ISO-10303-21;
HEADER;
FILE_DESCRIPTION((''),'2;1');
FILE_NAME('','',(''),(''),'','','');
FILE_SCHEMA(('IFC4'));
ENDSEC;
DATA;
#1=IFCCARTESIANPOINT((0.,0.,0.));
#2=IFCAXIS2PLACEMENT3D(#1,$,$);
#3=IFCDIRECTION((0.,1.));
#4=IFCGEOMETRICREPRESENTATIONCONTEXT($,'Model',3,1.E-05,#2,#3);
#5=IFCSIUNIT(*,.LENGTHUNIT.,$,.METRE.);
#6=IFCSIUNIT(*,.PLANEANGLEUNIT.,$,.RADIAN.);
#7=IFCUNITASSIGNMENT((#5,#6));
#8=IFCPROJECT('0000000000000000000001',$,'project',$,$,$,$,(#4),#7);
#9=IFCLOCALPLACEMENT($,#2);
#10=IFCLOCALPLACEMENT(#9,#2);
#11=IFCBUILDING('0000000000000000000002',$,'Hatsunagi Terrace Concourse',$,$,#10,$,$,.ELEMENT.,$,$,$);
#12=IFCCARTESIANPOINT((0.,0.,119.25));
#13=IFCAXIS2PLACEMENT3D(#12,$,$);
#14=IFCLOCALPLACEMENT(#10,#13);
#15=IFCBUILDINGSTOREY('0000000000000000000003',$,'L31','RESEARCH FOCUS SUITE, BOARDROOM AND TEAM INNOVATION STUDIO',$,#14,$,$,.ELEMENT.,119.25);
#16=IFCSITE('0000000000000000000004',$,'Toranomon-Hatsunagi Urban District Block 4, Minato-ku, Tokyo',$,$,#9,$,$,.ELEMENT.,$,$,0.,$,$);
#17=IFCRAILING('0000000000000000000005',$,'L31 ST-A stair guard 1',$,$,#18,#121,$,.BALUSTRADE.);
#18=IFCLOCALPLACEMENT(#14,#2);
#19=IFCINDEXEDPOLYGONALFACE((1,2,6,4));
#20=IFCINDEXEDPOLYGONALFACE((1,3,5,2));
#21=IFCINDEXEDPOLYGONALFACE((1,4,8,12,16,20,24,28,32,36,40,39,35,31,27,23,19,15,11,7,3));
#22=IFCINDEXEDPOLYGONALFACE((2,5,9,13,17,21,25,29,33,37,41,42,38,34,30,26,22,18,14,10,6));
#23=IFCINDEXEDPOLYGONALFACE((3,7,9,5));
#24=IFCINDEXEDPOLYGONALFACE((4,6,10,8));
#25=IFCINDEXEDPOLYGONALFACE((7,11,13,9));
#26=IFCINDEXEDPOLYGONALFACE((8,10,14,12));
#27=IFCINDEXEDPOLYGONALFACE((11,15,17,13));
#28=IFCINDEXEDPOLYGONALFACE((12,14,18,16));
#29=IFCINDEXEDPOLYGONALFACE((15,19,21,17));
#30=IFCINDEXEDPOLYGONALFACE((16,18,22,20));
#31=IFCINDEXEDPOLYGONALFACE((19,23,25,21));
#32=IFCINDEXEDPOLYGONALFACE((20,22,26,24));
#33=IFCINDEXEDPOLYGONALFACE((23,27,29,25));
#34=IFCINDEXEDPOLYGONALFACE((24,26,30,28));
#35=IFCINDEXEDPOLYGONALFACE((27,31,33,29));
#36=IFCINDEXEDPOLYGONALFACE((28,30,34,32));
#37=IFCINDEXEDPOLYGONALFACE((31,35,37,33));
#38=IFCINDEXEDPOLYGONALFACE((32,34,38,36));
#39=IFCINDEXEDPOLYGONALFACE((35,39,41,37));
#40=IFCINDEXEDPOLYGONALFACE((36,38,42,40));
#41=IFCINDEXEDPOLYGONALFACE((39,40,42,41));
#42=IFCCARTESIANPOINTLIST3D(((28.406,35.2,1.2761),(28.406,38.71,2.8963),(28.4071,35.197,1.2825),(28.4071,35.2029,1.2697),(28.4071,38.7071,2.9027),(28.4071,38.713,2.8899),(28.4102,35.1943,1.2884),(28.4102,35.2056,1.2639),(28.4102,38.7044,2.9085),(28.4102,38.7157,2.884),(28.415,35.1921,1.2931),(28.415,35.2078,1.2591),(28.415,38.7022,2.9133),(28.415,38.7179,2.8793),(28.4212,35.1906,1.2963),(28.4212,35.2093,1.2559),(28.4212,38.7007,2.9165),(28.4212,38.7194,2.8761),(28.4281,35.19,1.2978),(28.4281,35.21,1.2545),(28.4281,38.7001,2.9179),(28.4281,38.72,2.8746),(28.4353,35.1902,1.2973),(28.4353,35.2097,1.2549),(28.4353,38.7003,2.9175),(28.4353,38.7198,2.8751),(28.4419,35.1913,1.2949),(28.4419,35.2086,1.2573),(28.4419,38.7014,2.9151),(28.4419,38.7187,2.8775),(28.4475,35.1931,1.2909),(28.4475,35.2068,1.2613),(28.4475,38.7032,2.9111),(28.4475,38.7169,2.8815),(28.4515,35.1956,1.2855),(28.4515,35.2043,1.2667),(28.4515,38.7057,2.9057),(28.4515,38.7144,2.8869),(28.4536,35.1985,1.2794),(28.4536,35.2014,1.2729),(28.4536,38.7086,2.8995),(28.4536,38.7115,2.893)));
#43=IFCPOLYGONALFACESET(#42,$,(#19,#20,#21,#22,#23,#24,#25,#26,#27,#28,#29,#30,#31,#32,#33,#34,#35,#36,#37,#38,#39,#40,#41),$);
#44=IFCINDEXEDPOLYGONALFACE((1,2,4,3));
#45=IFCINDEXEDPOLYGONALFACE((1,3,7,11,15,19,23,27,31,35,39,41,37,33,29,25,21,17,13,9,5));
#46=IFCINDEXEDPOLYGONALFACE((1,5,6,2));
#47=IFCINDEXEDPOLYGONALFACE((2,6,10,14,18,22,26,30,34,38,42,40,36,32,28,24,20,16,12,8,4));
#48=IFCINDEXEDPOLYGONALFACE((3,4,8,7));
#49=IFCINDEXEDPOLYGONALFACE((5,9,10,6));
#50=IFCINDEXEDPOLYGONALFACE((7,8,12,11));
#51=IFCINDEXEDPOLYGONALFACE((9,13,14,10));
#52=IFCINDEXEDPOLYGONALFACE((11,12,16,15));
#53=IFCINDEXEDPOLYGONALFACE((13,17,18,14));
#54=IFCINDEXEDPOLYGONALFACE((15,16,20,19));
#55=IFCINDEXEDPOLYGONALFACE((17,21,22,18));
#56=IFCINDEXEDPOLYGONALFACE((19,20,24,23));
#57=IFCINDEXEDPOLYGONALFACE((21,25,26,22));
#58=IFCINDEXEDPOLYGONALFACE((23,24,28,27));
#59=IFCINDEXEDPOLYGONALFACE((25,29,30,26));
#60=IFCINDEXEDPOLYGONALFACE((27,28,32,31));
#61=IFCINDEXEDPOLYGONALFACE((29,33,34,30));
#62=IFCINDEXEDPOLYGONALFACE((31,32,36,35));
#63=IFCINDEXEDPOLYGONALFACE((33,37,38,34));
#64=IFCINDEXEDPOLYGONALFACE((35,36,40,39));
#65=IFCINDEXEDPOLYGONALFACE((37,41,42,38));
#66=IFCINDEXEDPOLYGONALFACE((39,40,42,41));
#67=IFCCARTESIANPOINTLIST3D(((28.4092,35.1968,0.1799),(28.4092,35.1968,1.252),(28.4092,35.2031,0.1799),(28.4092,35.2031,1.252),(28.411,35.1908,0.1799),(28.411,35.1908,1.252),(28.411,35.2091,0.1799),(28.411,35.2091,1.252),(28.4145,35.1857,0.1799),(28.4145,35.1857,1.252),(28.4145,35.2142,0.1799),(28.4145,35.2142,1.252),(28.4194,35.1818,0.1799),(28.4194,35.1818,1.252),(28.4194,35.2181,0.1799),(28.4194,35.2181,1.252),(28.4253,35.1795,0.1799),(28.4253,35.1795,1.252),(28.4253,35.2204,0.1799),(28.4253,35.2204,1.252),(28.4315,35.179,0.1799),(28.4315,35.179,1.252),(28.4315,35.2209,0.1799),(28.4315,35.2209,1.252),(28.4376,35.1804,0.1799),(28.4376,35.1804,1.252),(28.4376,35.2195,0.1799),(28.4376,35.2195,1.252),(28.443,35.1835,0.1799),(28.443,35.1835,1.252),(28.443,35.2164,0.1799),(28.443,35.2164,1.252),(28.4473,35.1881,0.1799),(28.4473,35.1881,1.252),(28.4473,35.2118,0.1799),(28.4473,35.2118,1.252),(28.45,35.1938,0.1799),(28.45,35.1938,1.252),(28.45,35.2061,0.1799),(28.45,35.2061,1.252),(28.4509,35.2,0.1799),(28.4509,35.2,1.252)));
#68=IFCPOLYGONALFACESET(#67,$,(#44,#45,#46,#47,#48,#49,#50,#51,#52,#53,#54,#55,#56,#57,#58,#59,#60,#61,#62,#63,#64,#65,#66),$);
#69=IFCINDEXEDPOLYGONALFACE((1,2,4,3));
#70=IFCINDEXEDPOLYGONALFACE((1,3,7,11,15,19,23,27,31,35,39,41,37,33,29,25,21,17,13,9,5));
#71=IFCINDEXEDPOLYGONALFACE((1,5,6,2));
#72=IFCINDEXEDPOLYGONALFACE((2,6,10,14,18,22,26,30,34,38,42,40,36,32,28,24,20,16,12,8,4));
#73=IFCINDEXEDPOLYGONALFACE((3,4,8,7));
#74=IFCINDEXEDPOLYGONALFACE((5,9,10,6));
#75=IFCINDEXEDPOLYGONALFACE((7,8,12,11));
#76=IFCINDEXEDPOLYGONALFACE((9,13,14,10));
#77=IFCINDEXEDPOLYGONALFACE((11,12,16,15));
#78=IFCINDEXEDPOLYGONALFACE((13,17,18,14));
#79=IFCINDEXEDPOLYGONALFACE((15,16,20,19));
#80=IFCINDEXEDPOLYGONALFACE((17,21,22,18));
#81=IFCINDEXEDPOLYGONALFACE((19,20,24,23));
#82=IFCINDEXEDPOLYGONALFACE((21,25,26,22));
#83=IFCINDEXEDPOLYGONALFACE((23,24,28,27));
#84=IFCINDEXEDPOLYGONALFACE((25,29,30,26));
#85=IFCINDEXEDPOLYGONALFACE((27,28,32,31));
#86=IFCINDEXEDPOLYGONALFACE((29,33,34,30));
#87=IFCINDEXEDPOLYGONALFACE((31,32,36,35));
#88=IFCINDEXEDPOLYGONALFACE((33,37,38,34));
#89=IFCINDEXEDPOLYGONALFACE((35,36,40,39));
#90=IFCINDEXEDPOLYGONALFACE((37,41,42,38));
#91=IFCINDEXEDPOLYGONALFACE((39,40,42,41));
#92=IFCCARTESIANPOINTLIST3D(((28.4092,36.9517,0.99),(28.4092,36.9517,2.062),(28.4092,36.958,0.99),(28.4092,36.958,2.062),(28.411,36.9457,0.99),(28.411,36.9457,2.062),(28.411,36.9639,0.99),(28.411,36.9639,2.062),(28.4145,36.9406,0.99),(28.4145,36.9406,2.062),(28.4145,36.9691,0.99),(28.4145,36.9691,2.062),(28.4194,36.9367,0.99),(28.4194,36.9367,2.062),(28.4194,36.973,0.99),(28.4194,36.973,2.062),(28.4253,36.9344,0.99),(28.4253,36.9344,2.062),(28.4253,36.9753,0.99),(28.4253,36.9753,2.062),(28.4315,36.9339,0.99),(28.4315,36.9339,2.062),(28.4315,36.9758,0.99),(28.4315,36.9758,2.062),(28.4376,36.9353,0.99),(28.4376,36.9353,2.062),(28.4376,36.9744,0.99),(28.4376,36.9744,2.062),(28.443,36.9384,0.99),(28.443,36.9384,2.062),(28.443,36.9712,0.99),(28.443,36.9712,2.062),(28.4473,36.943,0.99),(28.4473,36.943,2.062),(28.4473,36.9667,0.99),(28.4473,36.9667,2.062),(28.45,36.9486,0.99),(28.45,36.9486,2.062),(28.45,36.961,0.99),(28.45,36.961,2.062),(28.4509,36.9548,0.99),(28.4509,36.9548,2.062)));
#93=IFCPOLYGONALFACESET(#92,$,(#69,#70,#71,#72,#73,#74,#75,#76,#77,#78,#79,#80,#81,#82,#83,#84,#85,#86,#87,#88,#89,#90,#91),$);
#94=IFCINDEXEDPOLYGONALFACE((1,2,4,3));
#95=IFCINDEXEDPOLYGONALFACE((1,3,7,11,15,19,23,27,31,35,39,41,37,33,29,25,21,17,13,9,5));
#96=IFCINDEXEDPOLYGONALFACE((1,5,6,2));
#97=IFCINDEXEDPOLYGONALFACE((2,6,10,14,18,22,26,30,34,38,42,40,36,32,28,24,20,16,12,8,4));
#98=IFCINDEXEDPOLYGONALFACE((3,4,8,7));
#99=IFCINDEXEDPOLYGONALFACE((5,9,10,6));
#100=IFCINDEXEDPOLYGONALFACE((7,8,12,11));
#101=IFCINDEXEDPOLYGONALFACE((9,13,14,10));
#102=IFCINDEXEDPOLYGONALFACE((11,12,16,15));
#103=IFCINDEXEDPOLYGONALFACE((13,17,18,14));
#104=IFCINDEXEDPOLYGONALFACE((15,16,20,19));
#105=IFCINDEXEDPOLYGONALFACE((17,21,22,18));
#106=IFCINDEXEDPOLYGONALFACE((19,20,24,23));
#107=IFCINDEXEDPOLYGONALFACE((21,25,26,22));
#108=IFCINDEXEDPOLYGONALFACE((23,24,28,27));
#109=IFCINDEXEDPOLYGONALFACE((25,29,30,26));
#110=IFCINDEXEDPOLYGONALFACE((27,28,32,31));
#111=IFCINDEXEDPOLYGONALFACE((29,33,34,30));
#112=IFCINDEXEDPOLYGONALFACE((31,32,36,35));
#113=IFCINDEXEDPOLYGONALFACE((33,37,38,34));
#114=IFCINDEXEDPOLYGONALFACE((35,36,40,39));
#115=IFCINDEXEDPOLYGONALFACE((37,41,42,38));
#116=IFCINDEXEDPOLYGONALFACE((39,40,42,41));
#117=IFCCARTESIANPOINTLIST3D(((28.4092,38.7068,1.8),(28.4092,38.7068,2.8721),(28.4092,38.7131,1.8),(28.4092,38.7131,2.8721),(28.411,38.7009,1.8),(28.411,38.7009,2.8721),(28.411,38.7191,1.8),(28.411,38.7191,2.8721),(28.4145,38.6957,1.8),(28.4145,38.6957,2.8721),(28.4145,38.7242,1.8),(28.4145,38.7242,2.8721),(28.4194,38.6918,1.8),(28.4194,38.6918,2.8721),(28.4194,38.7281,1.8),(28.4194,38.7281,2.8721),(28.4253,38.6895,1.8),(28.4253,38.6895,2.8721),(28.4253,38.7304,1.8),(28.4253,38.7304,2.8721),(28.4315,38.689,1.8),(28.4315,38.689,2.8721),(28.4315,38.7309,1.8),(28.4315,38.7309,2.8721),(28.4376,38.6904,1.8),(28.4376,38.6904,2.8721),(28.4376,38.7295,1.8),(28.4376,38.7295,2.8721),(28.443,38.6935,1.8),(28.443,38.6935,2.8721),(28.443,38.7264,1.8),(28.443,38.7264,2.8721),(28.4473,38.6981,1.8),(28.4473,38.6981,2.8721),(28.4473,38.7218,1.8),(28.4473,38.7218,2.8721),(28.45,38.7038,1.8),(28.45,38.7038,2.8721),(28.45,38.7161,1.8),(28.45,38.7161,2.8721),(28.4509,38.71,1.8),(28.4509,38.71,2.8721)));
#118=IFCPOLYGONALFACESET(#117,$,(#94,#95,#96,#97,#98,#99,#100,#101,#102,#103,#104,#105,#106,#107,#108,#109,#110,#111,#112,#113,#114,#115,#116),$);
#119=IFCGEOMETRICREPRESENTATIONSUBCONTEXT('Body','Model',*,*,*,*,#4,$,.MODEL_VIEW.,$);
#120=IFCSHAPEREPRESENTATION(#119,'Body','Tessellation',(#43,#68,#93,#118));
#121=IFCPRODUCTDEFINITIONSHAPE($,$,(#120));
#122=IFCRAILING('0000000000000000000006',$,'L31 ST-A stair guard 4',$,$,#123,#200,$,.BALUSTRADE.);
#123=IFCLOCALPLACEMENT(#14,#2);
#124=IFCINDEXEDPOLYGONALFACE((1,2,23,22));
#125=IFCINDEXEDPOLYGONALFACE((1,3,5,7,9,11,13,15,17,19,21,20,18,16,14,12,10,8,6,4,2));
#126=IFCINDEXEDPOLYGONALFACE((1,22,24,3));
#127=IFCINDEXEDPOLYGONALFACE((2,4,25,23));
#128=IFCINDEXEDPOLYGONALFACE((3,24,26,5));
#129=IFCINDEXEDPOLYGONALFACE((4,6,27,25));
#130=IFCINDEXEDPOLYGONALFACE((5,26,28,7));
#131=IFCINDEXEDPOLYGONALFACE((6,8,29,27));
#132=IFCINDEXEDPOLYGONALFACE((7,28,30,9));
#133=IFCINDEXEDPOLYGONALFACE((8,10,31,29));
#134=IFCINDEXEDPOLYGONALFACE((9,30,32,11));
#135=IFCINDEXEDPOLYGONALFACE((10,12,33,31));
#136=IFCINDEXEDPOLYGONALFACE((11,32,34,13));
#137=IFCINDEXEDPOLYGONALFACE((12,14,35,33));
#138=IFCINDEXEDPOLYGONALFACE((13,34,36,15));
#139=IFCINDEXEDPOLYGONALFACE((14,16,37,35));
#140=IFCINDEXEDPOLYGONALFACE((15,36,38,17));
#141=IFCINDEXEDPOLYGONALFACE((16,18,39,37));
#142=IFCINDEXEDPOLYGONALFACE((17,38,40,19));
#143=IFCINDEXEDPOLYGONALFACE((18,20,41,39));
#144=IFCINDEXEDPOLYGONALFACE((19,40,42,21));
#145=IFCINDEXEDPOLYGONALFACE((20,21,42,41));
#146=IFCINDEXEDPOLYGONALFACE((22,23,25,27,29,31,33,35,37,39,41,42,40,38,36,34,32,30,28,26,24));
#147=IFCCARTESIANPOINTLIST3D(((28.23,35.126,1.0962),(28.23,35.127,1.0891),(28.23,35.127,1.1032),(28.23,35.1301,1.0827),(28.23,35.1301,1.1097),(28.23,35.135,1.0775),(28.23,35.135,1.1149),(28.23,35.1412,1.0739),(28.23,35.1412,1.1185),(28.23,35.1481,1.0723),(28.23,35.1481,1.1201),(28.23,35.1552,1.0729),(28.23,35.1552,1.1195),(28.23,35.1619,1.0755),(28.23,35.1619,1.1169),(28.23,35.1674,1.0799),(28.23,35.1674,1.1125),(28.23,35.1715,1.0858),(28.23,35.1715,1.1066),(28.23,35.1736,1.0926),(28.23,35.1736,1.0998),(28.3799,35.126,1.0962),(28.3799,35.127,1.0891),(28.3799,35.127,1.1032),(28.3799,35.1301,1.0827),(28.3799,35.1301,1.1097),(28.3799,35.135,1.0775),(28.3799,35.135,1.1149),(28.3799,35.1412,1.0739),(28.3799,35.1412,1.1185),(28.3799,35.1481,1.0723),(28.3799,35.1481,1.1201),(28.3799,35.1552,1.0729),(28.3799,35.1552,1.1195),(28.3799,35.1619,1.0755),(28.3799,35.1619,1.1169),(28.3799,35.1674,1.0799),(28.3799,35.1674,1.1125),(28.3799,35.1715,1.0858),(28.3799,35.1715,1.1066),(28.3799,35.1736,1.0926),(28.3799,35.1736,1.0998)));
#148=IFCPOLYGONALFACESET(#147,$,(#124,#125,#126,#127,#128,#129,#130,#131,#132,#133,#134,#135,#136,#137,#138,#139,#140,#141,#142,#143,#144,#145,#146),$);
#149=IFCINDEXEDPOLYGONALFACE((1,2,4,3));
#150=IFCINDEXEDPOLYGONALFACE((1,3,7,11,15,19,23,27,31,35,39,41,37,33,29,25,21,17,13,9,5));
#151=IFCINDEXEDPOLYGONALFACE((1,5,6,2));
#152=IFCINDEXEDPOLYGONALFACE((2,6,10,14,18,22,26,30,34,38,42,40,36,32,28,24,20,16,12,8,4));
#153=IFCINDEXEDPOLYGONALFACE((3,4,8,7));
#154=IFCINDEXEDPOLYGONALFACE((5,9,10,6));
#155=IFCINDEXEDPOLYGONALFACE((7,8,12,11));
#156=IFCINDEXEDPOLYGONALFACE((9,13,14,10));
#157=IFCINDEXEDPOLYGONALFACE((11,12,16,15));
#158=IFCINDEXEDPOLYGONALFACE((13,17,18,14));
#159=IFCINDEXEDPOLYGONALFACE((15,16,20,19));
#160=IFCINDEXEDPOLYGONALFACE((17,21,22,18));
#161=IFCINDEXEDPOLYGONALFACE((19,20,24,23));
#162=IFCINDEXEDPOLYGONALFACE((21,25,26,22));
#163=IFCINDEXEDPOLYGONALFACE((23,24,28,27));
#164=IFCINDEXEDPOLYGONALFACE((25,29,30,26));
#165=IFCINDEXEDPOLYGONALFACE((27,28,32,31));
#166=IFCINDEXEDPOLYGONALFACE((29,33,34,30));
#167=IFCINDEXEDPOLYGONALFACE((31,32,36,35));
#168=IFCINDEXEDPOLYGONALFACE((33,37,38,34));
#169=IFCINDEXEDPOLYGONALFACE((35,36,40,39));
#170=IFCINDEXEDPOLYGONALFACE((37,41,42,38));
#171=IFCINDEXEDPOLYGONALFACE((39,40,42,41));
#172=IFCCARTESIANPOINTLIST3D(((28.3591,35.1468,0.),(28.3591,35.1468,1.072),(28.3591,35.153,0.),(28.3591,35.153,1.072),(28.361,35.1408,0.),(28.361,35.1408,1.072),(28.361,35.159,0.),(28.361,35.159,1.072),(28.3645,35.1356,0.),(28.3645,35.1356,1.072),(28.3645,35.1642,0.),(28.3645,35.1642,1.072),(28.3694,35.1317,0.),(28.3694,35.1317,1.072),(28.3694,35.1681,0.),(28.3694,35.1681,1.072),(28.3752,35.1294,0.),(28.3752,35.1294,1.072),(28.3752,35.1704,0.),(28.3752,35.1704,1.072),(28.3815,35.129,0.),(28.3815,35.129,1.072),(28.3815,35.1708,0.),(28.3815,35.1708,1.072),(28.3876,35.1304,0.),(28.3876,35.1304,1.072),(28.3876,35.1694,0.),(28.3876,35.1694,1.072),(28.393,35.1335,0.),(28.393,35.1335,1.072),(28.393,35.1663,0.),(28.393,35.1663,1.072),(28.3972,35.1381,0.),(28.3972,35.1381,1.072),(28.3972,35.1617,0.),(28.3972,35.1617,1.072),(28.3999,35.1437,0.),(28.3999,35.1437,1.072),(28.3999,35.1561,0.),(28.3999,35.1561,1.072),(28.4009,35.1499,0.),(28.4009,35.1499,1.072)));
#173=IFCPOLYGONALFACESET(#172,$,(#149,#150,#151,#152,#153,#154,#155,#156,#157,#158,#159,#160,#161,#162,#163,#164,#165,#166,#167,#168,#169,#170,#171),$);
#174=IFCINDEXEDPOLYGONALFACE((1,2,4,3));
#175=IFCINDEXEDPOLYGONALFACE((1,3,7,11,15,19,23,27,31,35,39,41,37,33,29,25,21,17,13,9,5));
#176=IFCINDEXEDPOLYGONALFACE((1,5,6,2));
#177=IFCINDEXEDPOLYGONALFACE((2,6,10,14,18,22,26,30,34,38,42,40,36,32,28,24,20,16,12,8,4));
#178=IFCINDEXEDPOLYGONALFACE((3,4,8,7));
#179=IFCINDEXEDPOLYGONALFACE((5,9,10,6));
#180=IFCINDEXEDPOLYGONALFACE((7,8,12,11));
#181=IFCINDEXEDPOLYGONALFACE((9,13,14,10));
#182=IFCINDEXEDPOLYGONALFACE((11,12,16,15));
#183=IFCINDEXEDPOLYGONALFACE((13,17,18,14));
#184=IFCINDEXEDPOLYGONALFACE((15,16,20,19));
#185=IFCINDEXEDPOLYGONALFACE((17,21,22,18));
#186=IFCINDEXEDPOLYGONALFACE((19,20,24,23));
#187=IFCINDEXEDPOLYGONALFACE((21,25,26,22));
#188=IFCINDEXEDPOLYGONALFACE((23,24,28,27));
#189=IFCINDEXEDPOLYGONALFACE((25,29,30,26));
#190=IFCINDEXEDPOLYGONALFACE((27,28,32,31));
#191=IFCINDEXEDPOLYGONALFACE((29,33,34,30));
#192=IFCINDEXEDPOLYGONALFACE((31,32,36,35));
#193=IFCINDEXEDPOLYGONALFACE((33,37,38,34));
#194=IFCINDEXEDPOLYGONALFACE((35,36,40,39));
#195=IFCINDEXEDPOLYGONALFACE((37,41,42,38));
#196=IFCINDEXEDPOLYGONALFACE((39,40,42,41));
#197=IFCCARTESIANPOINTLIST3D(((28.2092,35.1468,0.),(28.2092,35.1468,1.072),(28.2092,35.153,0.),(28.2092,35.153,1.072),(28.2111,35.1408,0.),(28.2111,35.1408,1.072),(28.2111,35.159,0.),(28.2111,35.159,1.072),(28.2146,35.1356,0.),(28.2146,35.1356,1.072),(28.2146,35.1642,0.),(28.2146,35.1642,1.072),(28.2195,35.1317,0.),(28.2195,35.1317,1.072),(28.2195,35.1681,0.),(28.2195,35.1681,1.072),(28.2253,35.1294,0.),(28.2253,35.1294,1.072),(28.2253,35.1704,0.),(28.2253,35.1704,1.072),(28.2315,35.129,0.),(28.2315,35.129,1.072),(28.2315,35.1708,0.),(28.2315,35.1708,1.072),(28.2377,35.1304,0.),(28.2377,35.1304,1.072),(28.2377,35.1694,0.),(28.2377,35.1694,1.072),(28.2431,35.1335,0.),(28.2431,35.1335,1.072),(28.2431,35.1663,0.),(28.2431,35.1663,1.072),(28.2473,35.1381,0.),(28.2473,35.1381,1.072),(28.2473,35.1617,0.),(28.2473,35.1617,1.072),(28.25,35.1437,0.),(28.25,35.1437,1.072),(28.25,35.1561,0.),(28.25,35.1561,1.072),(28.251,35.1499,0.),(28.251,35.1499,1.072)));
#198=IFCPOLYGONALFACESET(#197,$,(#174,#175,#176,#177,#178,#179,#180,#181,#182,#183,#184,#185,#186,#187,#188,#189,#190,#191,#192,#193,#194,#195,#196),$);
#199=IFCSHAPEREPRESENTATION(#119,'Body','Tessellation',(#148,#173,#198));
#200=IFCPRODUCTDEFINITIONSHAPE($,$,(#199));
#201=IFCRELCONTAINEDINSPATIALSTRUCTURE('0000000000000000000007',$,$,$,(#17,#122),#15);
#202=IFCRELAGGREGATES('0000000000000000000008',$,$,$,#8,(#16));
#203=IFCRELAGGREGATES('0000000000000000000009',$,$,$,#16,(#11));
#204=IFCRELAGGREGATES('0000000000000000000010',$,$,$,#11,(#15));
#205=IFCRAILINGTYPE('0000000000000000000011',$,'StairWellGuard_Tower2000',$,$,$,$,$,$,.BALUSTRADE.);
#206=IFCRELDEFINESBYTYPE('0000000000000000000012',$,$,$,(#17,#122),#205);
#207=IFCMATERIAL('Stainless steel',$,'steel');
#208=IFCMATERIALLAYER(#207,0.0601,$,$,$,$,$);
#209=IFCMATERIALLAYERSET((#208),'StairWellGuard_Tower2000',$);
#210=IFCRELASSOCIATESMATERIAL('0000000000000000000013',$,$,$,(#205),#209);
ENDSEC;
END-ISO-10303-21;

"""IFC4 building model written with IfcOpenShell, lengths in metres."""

from ifc_helpers import new_model, si_unit, direction, frame, origin, origin_2d, place, context, subcontext, project, spatial, circle, extrude, material, layer, layer_set, type_object, element, save


model = new_model("IFC4")

# Units and contexts
model_context = context("Model", 3, precision=1e-05, world=origin(), true_north=direction((0.0, 1.0)))
body_context = subcontext(model_context, "Body", "Model", "MODEL_VIEW")
ifc_project = project(units=[si_unit("LENGTHUNIT", "METRE"), si_unit("PLANEANGLEUNIT", "RADIAN")], contexts=[model_context])

# Site, building, storey
site_placement = place(None, origin())
site = spatial("IfcSite", under=ifc_project, at=site_placement, Name="Toranomon-Hatsunagi Urban District Block 4, Minato-ku, Tokyo", CompositionType="ELEMENT", RefElevation=0.0)
building_placement = place(site_placement, origin())
building = spatial("IfcBuilding", under=site, at=building_placement, Name="Hatsunagi Terrace Concourse", CompositionType="ELEMENT")
storey_placement = place(building_placement, frame((0.0, 0.0, 119.25)))
storey = spatial("IfcBuildingStorey", under=building, at=storey_placement, Name="L31", Description="RESEARCH FOCUS SUITE, BOARDROOM AND TEAM INNOVATION STUDIO", CompositionType="ELEMENT", Elevation=119.25)

# Railings
ifc_material_1 = material(Name="Stainless steel", Category="steel")
ifc_layer_1 = layer(ifc_material_1, 0.0601)
ifc_layer_set_1 = layer_set([ifc_layer_1], Name="StairWellGuard_Tower2000")
railing_type_1 = type_object("IfcRailingType", Name="StairWellGuard_Tower2000", PredefinedType="BALUSTRADE", material=ifc_layer_set_1)
railing_1_placement = place(storey_placement, frame((28.4299, 35.2, 0.1799)))
element("IfcRailing", 1, at=railing_1_placement, inside=storey, type_object=railing_type_1, Name="L31 ST-A stair guard 1", PredefinedType="BALUSTRADE", context=body_context, shape_type="SweptSolid", body=[
    extrude(circle(Radius=0.0239, at=origin_2d()), frame((0.0, 0.0, 1.0962), z_axis=(0.0, 0.907948, 0.419082), x_axis=(-1.0, 0.0, 0.0)), (0.0, 0.0, 1.0), 3.866),
    extrude(circle(Radius=0.021, at=origin_2d()), origin(), (0.0, 0.0, 1.0), 1.072),
    extrude(circle(Radius=0.021, at=origin_2d()), frame((0.0, 1.7549, 0.8101)), (0.0, 0.0, 1.0), 1.072),
    extrude(circle(Radius=0.021, at=origin_2d()), frame((0.0, 3.51, 1.6201)), (0.0, 0.0, 1.0), 1.072),
])
railing_2_placement = place(storey_placement, frame((28.3799, 35.1499, 0.0)))
element("IfcRailing", 2, at=railing_2_placement, inside=storey, type_object=railing_type_1, Name="L31 ST-A stair guard 4", PredefinedType="BALUSTRADE", context=body_context, shape_type="SweptSolid", body=[
    extrude(circle(Radius=0.0239, at=origin_2d()), frame((0.0, 0.0, 1.0962), z_axis=(-1.0, 0.0, 0.0), x_axis=(0.0, -1.0, 0.0)), (0.0, 0.0, 1.0), 0.1499),
    extrude(circle(Radius=0.021, at=origin_2d()), origin(), (0.0, 0.0, 1.0), 1.072),
    extrude(circle(Radius=0.021, at=origin_2d()), frame((-0.1499, 0.0, 0.0)), (0.0, 0.0, 1.0), 1.072),
])

save(model, "model.ifc")
